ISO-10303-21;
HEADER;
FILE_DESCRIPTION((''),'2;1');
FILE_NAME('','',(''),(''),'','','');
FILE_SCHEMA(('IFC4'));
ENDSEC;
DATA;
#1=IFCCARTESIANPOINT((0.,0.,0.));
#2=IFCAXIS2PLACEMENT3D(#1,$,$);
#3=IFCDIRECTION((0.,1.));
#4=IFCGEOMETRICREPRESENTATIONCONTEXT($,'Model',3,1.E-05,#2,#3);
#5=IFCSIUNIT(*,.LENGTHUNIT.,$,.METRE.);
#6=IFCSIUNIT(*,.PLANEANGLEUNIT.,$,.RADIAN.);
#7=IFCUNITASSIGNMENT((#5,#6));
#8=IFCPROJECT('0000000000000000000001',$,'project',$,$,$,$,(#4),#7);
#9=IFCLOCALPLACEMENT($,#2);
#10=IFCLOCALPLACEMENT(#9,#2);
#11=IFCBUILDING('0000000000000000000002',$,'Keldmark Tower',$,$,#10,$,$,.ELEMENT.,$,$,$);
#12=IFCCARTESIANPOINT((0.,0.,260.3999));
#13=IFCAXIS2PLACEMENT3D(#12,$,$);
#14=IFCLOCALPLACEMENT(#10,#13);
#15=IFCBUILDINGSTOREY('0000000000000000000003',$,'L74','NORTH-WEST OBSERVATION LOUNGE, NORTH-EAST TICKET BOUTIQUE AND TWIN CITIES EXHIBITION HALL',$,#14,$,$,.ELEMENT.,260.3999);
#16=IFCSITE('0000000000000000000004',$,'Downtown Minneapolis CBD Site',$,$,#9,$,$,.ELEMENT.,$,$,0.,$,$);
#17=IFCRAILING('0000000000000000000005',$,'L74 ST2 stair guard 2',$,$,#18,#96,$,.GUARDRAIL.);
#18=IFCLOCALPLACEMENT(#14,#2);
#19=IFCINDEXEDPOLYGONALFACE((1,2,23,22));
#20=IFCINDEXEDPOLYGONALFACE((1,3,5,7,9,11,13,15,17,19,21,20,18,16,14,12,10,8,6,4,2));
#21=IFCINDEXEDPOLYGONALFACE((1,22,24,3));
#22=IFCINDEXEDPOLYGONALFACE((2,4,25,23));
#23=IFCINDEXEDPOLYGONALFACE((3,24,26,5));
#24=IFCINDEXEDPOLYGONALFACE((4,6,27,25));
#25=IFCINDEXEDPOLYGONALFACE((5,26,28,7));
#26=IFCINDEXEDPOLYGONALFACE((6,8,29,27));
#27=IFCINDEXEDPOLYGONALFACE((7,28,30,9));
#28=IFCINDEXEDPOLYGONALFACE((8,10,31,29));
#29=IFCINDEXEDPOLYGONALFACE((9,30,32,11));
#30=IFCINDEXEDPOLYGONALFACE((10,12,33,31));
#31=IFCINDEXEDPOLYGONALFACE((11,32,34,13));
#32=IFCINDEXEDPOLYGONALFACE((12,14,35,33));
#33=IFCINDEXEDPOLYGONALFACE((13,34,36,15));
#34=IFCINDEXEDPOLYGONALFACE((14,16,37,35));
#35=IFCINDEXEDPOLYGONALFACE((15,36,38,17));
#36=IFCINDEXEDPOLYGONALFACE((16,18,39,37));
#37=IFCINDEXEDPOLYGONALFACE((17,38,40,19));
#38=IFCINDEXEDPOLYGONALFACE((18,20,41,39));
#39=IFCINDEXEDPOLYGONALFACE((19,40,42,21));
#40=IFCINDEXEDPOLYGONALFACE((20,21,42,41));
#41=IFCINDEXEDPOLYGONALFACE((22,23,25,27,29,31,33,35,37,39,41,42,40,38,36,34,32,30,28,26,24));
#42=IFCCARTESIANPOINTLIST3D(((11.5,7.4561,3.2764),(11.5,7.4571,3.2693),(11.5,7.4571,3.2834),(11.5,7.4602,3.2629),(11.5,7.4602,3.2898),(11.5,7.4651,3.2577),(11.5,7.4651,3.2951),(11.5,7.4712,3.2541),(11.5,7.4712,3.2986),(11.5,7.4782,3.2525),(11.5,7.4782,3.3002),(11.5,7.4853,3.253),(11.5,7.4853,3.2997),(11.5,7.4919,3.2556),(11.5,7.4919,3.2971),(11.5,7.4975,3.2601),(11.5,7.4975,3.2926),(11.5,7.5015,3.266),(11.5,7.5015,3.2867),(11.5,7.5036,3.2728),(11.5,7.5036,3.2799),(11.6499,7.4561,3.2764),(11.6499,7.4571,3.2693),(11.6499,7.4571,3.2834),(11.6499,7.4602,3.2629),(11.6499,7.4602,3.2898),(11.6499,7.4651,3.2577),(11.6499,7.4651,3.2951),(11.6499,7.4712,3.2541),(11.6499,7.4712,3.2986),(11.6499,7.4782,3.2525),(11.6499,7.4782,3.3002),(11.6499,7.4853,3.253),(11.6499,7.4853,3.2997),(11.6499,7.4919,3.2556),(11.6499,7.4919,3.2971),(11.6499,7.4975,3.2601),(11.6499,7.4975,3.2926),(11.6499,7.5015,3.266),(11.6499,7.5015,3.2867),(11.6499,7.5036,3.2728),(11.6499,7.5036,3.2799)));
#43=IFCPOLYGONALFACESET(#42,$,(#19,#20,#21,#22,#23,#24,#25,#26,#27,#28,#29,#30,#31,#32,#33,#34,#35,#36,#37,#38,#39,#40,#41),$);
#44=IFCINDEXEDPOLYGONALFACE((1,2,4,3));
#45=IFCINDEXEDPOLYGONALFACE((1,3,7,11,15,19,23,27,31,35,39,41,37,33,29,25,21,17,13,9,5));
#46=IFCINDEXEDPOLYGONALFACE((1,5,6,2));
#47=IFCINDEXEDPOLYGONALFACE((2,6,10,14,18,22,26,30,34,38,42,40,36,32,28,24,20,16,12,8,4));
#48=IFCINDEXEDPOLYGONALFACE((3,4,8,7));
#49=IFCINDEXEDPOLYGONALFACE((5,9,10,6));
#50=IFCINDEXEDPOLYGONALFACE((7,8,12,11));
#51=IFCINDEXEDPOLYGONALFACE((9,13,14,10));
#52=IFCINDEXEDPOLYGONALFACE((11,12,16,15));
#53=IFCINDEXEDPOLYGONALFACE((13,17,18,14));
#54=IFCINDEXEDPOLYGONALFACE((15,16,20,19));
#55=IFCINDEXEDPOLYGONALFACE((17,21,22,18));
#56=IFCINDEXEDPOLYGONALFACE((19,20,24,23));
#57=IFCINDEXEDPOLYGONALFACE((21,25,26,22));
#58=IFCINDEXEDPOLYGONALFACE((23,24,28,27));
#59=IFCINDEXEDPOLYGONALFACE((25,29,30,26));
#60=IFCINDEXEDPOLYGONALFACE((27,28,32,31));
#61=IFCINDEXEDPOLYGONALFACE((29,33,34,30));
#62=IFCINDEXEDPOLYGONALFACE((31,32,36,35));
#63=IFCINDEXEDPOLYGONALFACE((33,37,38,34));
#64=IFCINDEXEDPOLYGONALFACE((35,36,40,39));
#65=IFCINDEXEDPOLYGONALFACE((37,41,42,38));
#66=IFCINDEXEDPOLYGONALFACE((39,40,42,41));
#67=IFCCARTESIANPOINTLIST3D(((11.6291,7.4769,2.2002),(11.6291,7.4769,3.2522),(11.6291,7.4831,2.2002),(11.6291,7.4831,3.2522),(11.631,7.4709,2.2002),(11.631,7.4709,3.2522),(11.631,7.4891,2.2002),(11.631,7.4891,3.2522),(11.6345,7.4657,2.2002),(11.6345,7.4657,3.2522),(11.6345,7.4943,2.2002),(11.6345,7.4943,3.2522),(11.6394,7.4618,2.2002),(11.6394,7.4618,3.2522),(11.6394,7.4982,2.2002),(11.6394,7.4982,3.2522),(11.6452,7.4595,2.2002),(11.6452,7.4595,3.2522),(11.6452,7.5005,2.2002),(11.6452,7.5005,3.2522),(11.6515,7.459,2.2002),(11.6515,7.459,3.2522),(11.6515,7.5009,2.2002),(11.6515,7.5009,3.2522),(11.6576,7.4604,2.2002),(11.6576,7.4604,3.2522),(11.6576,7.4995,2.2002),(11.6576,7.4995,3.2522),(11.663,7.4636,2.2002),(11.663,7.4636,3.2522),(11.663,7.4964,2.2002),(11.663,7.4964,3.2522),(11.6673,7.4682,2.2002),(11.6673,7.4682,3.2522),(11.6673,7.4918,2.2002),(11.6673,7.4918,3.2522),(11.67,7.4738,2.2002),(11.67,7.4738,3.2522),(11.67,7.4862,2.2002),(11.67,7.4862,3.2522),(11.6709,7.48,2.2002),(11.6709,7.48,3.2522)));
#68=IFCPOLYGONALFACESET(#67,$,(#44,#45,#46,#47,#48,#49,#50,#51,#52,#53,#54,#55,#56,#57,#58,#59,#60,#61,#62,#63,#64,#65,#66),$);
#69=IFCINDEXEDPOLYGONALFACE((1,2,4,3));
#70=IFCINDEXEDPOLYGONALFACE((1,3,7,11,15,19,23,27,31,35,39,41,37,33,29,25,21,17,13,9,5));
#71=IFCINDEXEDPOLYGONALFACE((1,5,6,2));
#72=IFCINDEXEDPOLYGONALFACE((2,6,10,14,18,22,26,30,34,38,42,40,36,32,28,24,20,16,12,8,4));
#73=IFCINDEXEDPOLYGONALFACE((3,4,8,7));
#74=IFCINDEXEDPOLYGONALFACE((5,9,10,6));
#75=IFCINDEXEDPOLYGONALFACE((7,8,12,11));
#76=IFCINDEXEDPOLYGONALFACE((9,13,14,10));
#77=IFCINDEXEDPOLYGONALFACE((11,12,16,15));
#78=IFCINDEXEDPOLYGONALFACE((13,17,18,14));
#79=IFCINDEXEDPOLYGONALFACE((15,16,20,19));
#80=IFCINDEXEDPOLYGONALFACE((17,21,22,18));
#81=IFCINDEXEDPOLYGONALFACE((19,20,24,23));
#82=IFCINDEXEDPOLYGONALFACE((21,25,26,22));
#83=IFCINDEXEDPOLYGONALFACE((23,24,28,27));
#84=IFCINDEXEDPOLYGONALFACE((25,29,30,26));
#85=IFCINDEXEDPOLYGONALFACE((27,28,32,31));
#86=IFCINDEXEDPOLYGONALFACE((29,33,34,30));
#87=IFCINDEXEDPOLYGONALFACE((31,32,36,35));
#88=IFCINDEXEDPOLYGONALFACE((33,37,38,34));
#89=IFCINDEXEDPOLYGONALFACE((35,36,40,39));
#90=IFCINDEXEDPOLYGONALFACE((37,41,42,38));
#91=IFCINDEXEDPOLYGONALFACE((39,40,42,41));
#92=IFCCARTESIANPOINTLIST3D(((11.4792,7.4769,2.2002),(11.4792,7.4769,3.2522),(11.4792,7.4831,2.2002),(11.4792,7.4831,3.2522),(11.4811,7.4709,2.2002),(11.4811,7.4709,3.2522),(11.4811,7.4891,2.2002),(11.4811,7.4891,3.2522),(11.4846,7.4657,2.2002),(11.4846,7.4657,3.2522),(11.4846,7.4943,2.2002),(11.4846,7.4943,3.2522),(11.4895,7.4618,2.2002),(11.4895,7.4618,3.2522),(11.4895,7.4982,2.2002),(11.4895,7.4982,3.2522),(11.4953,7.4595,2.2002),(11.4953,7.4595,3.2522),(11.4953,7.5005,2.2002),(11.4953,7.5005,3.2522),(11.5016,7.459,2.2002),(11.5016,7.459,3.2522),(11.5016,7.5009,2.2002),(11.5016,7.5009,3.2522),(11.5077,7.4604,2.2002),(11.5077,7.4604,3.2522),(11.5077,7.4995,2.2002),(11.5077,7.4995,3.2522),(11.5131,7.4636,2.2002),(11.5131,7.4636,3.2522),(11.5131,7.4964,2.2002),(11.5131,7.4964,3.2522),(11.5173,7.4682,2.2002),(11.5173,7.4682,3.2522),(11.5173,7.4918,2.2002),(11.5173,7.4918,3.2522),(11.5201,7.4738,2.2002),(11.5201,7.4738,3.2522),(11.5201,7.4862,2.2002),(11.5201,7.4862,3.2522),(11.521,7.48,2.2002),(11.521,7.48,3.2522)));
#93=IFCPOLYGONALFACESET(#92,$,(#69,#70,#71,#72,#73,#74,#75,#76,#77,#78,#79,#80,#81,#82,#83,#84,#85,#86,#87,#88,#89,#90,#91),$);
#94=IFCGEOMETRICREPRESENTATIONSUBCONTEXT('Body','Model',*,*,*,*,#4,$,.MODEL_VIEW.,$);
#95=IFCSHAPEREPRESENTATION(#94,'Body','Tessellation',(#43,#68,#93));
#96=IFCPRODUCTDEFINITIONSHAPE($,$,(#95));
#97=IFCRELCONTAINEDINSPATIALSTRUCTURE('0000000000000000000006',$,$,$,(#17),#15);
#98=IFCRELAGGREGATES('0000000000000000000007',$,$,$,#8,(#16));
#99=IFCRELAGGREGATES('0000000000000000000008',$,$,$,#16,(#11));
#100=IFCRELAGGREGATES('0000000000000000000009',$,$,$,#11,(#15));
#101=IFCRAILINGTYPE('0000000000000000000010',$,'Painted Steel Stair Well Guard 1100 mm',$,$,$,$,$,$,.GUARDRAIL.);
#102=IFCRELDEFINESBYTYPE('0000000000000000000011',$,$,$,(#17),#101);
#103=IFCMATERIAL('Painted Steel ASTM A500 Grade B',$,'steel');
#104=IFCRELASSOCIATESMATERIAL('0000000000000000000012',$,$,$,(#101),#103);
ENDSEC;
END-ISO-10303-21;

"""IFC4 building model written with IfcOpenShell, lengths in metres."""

from ifc_helpers import new_model, si_unit, direction, frame, origin, origin_2d, place, context, subcontext, project, spatial, circle, extrude, material, type_object, element, save


model = new_model("IFC4")

# Units and contexts
model_context = context("Model", 3, precision=1e-05, world=origin(), true_north=direction((0.0, 1.0)))
body_context = subcontext(model_context, "Body", "Model", "MODEL_VIEW")
ifc_project = project(units=[si_unit("LENGTHUNIT", "METRE"), si_unit("PLANEANGLEUNIT", "RADIAN")], contexts=[model_context])

# Site, building, storey
site_placement = place(None, origin())
site = spatial("IfcSite", under=ifc_project, at=site_placement, Name="Downtown Minneapolis CBD Site", CompositionType="ELEMENT", RefElevation=0.0)
building_placement = place(site_placement, origin())
building = spatial("IfcBuilding", under=site, at=building_placement, Name="Keldmark Tower", CompositionType="ELEMENT")
storey_placement = place(building_placement, frame((0.0, 0.0, 260.3999)))
storey = spatial("IfcBuildingStorey", under=building, at=storey_placement, Name="L74", Description="NORTH-WEST OBSERVATION LOUNGE, NORTH-EAST TICKET BOUTIQUE AND TWIN CITIES EXHIBITION HALL", CompositionType="ELEMENT", Elevation=260.3999)

# Railing
ifc_material_1 = material(Name="Painted Steel ASTM A500 Grade B", Category="steel")
railing_type_1 = type_object("IfcRailingType", Name="Painted Steel Stair Well Guard 1100 mm", PredefinedType="GUARDRAIL", material=ifc_material_1)
railing_1_placement = place(storey_placement, frame((11.6499, 7.48, 2.2002)))
element("IfcRailing", 1, at=railing_1_placement, inside=storey, type_object=railing_type_1, Name="L74 ST2 stair guard 2", PredefinedType="GUARDRAIL", context=body_context, shape_type="SweptSolid", body=[
    extrude(circle(Radius=0.0239, at=origin_2d()), frame((0.0, 0.0, 1.0762), z_axis=(-1.0, 0.0, 0.0), x_axis=(0.0, -1.0, 0.0)), (0.0, 0.0, 1.0), 0.1499),
    extrude(circle(Radius=0.021, at=origin_2d()), origin(), (0.0, 0.0, 1.0), 1.052),
    extrude(circle(Radius=0.021, at=origin_2d()), frame((-0.1499, 0.0, 0.0)), (0.0, 0.0, 1.0), 1.052),
])

save(model, "model.ifc")
